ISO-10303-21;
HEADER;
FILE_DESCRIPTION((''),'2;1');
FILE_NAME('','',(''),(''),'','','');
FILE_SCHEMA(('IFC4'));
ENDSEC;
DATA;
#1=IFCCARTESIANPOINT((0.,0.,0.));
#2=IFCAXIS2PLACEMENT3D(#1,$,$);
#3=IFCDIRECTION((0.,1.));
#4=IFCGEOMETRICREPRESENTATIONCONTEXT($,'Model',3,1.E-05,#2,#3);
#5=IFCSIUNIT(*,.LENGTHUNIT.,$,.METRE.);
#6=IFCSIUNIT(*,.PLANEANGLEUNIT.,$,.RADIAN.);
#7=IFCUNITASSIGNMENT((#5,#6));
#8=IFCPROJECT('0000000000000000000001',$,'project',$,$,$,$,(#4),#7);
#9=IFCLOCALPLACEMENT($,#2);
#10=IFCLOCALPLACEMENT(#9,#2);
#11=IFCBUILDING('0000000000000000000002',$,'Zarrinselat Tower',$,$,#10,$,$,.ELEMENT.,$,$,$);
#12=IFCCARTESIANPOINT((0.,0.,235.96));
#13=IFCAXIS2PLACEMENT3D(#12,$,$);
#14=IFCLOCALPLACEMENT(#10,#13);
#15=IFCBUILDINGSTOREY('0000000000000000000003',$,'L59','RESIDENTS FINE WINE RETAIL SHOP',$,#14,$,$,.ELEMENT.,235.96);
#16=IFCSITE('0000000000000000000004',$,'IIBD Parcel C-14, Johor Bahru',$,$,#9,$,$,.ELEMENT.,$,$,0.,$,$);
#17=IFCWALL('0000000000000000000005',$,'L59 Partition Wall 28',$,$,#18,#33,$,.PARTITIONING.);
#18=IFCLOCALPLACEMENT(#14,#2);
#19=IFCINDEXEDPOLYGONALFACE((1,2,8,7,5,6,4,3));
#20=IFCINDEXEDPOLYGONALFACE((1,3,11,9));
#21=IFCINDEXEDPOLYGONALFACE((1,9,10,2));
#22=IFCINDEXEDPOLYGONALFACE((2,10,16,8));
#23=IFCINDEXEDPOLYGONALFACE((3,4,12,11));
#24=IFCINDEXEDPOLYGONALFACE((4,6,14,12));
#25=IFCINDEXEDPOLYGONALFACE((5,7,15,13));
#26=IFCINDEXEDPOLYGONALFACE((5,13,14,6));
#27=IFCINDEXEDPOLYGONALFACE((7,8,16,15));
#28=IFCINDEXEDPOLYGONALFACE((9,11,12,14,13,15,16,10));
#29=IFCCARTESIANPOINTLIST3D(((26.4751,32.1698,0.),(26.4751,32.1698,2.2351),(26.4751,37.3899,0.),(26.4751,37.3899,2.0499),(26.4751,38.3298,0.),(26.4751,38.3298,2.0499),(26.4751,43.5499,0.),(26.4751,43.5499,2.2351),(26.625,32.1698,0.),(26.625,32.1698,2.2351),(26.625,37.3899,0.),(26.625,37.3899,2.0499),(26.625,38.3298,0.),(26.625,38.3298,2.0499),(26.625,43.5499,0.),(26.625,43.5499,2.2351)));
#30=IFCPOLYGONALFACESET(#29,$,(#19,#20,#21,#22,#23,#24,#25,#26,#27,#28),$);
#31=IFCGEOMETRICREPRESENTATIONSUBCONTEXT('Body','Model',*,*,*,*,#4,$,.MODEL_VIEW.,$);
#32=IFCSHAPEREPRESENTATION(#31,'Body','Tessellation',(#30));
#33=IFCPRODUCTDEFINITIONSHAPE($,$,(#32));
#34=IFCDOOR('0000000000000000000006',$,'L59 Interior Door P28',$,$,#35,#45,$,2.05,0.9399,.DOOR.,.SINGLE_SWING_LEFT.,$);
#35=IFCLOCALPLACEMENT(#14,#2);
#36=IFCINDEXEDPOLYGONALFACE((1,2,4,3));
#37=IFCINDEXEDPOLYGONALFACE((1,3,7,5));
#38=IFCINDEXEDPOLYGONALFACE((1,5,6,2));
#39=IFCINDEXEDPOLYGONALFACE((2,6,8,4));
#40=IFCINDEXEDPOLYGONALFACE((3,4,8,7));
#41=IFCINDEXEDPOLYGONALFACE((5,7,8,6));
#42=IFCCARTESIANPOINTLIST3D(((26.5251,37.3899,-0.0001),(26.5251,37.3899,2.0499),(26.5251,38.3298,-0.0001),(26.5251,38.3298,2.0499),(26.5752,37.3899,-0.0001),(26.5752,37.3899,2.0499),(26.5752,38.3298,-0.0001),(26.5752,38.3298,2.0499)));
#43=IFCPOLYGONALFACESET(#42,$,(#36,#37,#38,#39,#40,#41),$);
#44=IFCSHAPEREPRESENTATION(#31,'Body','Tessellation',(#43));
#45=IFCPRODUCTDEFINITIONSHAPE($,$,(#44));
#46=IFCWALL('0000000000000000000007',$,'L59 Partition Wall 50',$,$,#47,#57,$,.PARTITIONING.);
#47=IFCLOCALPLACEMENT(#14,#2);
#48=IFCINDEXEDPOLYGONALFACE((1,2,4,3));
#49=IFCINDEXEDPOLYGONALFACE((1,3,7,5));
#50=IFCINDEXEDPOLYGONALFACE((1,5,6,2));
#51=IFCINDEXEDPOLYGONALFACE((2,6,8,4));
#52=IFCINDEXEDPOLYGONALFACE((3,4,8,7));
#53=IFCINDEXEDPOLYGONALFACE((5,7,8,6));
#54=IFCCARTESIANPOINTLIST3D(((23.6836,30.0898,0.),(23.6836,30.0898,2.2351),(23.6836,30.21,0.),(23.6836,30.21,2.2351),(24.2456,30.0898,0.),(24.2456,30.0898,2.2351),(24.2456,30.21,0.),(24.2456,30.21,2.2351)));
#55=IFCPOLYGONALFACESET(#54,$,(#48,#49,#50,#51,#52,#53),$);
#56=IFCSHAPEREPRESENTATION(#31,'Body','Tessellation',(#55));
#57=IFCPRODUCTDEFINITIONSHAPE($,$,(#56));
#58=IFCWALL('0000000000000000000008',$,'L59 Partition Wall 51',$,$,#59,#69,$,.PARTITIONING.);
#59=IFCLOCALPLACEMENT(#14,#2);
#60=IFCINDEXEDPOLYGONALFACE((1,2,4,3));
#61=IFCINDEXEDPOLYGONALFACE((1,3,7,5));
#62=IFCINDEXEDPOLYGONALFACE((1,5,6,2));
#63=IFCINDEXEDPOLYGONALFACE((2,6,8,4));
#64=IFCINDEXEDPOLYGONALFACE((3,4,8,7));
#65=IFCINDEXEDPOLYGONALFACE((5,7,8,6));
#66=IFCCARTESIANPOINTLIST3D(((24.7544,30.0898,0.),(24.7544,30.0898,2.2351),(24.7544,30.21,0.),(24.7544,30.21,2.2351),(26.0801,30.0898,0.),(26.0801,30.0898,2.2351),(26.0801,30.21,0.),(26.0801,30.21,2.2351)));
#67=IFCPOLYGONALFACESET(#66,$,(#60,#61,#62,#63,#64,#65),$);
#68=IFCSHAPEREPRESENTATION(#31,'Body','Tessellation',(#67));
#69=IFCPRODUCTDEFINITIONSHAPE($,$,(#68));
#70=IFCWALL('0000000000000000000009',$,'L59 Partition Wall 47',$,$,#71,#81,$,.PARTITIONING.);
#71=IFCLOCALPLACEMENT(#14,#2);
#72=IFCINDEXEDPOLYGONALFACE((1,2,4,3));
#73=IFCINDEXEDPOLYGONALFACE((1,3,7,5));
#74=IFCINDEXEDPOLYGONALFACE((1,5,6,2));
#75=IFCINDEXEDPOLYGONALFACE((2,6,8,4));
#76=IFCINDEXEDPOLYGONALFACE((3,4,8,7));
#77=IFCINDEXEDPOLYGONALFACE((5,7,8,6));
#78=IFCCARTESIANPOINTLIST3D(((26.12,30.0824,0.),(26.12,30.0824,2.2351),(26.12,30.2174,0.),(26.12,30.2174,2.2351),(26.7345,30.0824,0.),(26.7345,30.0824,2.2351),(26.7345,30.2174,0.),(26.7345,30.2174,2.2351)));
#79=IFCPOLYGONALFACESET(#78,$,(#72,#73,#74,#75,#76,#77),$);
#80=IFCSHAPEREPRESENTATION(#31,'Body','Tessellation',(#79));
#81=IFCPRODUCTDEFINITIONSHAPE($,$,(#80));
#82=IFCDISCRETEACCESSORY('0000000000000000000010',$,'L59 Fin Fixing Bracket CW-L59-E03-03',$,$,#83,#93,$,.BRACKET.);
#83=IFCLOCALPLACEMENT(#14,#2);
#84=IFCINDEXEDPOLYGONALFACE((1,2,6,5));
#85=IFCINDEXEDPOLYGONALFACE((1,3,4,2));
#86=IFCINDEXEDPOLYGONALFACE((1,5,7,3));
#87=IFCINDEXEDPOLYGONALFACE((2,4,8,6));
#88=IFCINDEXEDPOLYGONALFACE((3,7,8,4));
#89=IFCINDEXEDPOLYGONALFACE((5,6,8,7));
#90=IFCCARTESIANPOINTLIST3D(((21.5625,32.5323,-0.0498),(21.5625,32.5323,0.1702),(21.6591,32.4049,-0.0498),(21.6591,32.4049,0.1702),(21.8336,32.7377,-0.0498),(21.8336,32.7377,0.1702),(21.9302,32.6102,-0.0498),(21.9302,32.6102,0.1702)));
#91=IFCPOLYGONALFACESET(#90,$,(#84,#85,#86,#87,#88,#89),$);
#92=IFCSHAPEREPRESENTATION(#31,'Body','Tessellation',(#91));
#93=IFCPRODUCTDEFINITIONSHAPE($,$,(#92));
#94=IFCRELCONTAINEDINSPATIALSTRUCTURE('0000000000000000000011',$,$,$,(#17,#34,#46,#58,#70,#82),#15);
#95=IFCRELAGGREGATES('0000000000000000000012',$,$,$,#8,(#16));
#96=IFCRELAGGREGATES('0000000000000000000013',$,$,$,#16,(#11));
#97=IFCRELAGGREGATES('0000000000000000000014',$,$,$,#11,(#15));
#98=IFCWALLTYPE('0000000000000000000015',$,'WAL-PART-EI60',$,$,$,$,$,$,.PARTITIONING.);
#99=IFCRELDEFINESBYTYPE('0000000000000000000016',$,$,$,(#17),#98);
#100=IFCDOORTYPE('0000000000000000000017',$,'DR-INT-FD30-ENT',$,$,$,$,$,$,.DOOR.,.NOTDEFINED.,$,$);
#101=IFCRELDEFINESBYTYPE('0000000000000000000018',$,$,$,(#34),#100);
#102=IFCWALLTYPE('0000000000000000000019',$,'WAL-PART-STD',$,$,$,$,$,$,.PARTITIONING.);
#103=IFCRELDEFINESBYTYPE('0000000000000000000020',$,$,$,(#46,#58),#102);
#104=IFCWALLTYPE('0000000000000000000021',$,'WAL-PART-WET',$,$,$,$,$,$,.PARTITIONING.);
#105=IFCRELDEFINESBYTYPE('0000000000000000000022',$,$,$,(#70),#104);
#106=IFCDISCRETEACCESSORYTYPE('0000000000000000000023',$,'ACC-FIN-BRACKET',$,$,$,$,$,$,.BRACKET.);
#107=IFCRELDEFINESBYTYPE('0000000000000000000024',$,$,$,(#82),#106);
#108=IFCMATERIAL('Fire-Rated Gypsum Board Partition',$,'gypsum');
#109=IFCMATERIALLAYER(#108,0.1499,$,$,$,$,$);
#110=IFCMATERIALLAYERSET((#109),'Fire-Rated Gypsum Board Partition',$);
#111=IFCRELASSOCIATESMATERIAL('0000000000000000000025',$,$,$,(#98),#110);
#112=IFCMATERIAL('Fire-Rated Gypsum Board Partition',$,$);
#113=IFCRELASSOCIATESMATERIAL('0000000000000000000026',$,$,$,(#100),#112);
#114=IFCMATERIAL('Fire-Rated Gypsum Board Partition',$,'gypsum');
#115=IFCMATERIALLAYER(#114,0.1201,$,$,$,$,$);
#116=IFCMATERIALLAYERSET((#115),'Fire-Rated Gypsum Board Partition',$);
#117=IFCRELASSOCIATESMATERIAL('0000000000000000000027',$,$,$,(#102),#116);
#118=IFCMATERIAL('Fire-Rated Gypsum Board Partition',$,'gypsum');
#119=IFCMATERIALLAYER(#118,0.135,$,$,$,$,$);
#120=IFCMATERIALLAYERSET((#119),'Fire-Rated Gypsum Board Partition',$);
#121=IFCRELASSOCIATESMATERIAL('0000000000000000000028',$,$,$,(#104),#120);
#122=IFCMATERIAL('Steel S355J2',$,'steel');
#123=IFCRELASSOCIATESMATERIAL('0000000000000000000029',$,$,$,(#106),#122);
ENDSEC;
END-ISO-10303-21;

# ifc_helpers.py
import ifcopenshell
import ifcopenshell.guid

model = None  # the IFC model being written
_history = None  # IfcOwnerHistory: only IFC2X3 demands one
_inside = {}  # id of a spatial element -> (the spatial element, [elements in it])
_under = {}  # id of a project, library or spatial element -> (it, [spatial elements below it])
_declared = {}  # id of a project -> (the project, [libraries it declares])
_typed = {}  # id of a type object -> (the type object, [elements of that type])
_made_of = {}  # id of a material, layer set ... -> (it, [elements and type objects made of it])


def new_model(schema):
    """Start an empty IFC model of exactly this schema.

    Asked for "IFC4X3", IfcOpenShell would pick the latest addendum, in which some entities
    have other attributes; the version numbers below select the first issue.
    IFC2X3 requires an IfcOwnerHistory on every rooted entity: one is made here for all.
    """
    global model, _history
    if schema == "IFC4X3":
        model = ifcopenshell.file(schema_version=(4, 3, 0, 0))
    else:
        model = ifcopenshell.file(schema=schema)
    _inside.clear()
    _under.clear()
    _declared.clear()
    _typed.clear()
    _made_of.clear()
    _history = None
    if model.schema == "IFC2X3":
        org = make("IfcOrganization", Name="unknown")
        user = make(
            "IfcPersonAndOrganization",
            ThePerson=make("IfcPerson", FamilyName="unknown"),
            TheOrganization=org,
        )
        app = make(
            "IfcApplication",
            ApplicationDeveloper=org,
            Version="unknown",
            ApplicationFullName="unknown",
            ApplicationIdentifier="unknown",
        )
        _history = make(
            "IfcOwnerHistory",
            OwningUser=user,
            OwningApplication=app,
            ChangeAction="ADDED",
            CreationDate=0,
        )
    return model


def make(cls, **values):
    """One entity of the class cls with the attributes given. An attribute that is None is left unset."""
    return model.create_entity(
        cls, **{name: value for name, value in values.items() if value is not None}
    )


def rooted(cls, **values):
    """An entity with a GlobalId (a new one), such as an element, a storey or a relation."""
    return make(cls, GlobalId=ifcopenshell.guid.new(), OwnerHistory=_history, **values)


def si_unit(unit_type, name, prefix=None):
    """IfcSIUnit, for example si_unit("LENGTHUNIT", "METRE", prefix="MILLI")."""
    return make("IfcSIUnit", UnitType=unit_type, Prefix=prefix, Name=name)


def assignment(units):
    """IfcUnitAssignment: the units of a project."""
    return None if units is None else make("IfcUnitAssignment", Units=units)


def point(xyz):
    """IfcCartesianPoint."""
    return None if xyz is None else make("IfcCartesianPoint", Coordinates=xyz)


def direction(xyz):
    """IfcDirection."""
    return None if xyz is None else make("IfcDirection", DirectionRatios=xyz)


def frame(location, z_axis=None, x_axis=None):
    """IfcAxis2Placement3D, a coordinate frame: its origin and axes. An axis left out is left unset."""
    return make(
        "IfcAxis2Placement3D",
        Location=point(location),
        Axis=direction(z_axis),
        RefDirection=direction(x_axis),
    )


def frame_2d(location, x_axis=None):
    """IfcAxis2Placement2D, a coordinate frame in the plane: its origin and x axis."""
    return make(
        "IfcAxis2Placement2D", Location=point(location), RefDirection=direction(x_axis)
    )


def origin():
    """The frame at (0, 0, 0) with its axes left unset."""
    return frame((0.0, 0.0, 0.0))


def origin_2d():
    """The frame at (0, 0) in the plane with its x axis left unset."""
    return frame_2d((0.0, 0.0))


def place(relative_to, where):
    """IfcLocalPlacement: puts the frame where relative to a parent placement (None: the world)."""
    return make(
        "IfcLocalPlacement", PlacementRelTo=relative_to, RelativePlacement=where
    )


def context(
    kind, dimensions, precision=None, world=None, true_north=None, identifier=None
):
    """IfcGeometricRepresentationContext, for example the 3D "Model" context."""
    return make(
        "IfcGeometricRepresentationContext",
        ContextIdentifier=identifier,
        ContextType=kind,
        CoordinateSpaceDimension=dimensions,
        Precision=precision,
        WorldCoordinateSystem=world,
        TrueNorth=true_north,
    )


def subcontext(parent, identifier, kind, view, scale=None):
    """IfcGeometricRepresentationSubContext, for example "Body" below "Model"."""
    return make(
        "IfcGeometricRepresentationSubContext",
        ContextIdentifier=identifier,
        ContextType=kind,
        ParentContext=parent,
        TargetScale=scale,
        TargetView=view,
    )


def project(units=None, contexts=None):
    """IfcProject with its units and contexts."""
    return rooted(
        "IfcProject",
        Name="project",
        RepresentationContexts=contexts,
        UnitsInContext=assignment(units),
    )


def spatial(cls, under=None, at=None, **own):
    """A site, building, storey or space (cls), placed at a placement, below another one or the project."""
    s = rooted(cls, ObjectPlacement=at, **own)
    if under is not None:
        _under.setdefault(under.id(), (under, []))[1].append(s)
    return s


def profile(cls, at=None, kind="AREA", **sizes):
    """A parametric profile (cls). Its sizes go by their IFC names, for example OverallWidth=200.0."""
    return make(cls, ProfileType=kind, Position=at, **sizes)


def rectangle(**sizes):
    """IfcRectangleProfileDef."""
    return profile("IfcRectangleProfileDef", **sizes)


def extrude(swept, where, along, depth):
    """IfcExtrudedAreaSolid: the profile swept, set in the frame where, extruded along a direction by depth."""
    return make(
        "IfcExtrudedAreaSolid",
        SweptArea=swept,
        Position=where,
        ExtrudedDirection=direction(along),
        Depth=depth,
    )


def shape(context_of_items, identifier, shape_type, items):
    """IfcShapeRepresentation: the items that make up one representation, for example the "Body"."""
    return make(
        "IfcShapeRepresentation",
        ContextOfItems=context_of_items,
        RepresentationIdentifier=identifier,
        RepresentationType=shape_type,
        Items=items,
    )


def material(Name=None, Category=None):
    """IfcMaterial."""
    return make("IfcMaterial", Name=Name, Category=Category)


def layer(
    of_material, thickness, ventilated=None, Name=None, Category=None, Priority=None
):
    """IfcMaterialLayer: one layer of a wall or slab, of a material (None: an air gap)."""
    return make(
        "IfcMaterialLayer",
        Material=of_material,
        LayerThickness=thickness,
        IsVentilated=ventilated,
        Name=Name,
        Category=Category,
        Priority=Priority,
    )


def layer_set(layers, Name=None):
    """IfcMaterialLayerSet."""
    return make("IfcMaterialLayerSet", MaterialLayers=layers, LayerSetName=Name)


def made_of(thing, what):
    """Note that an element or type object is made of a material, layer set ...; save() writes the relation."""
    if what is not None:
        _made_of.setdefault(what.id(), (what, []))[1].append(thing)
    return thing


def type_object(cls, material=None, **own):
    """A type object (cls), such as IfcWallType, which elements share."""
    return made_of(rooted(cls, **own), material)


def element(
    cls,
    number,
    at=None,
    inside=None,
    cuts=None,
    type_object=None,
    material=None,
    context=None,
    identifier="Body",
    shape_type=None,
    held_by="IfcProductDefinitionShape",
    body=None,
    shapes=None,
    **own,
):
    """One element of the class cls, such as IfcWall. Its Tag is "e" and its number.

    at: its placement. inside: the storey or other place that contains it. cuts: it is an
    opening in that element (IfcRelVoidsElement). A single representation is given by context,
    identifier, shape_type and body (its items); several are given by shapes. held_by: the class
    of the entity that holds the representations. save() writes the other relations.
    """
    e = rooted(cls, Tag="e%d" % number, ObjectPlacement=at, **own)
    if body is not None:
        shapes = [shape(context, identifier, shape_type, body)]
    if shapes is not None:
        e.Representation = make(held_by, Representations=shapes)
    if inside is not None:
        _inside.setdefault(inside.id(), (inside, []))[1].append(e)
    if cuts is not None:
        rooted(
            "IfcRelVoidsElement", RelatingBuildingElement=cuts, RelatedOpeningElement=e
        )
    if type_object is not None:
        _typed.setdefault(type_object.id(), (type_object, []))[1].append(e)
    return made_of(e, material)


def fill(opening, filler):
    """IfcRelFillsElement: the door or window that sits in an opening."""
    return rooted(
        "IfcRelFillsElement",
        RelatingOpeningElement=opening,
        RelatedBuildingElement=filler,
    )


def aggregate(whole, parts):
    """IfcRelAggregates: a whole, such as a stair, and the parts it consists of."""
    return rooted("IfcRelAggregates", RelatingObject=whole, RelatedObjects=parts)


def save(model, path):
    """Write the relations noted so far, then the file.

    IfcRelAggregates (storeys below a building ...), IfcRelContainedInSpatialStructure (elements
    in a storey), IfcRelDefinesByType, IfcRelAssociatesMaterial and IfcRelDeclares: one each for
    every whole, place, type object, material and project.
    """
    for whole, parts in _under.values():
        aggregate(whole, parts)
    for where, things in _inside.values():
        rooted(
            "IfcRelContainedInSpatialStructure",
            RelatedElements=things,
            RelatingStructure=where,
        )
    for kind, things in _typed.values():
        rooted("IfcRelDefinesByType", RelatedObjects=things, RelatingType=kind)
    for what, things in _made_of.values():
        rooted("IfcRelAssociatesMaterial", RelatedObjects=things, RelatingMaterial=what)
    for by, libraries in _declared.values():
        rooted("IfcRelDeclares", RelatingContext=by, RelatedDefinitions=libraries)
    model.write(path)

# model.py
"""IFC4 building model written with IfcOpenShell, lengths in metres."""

from ifc_helpers import new_model, si_unit, direction, frame, frame_2d, origin, origin_2d, place, context, subcontext, project, spatial, rectangle, extrude, material, layer, layer_set, type_object, element, fill, save


model = new_model("IFC4")

# Units and contexts
model_context = context("Model", 3, precision=1e-05, world=origin(), true_north=direction((0.0, 1.0)))
body_context = subcontext(model_context, "Body", "Model", "MODEL_VIEW")
ifc_project = project(units=[si_unit("LENGTHUNIT", "METRE"), si_unit("PLANEANGLEUNIT", "RADIAN")], contexts=[model_context])

# Site, building, storey
site_placement = place(None, origin())
site = spatial("IfcSite", under=ifc_project, at=site_placement, Name="IIBD Parcel C-14, Johor Bahru", CompositionType="ELEMENT", RefElevation=0.0)
building_placement = place(site_placement, origin())
building = spatial("IfcBuilding", under=site, at=building_placement, Name="Zarrinselat Tower", CompositionType="ELEMENT")
storey_placement = place(building_placement, frame((0.0, 0.0, 235.96)))
storey = spatial("IfcBuildingStorey", under=building, at=storey_placement, Name="L59", Description="RESIDENTS FINE WINE RETAIL SHOP", CompositionType="ELEMENT", Elevation=235.96)

# Shared definitions
ifc_material_1 = material(Name="Fire-Rated Gypsum Board Partition", Category="gypsum")
ifc_layer_1 = layer(ifc_material_1, 0.1499)
ifc_layer_set_1 = layer_set([ifc_layer_1], Name="Fire-Rated Gypsum Board Partition")
wall_type_1 = type_object("IfcWallType", Name="WAL-PART-EI60", PredefinedType="PARTITIONING", material=ifc_layer_set_1)
ifc_material_2 = material(Name="Fire-Rated Gypsum Board Partition")
door_type_1 = type_object("IfcDoorType", Name="DR-INT-FD30-ENT", OperationType="NOTDEFINED", PredefinedType="DOOR", material=ifc_material_2)

# Wall, opening, door
wall_1_placement = place(storey_placement, frame((26.55, 32.1699, 0.0), z_axis=(0.0, 0.0, 1.0), x_axis=(0.0, 1.0, 0.0)))
wall_1 = element("IfcWall", 1, at=wall_1_placement, inside=storey, type_object=wall_type_1, Name="L59 Partition Wall 28", PredefinedType="PARTITIONING", context=body_context, shape_type="SweptSolid", body=[
    extrude(rectangle(XDim=11.3801, YDim=0.1499, at=frame_2d((5.6899, 0.0))), origin(), (0.0, 0.0, 1.0), 2.2351),
])
opening_1_placement = place(wall_1_placement, frame((5.22, 0.0, 0.0)))
opening_1 = element("IfcOpeningElement", 2, at=opening_1_placement, cuts=wall_1, PredefinedType="OPENING", context=body_context, shape_type="SweptSolid", body=[
    extrude(rectangle(XDim=0.9399, YDim=2.05, at=frame_2d((0.47, 1.0249))), frame((0.0, 0.085, 0.0), z_axis=(0.0, -1.0, 0.0), x_axis=(1.0, 0.0, 0.0)), (0.0, 0.0, 1.0), 0.1699),
])
door_1_placement = place(opening_1_placement, origin())
door_1 = element("IfcDoor", 3, at=door_1_placement, inside=storey, type_object=door_type_1, Name="L59 Interior Door P28", OperationType="SINGLE_SWING_LEFT", OverallHeight=2.05, OverallWidth=0.9399, PredefinedType="DOOR", context=body_context, shape_type="SweptSolid", body=[
    extrude(rectangle(XDim=0.9399, YDim=2.05, at=frame_2d((0.47, 1.0249))), frame((0.0, 0.0249, 0.0), z_axis=(0.0, -1.0, 0.0), x_axis=(1.0, 0.0, 0.0)), (0.0, 0.0, 1.0), 0.05),
])
fill(opening_1, door_1)

# Walls
ifc_material_3 = material(Name="Fire-Rated Gypsum Board Partition", Category="gypsum")
ifc_layer_2 = layer(ifc_material_3, 0.1201)
ifc_layer_set_2 = layer_set([ifc_layer_2], Name="Fire-Rated Gypsum Board Partition")
wall_type_2 = type_object("IfcWallType", Name="WAL-PART-STD", PredefinedType="PARTITIONING", material=ifc_layer_set_2)
wall_2_placement = place(storey_placement, frame((23.6836, 30.1499, 0.0), z_axis=(0.0, 0.0, 1.0), x_axis=(1.0, 0.0, 0.0)))
element("IfcWall", 4, at=wall_2_placement, inside=storey, type_object=wall_type_2, Name="L59 Partition Wall 50", PredefinedType="PARTITIONING", context=body_context, shape_type="SweptSolid", body=[
    extrude(rectangle(XDim=0.562, YDim=0.1201, at=frame_2d((0.281, 0.0))), origin(), (0.0, 0.0, 1.0), 2.2351),
])
wall_3_placement = place(storey_placement, frame((24.7544, 30.1499, 0.0), z_axis=(0.0, 0.0, 1.0), x_axis=(1.0, 0.0, 0.0)))
element("IfcWall", 5, at=wall_3_placement, inside=storey, type_object=wall_type_2, Name="L59 Partition Wall 51", PredefinedType="PARTITIONING", context=body_context, shape_type="SweptSolid", body=[
    extrude(rectangle(XDim=1.3257, YDim=0.1201, at=frame_2d((0.6628, 0.0))), origin(), (0.0, 0.0, 1.0), 2.2351),
])
ifc_material_4 = material(Name="Fire-Rated Gypsum Board Partition", Category="gypsum")
ifc_layer_3 = layer(ifc_material_4, 0.135)
ifc_layer_set_3 = layer_set([ifc_layer_3], Name="Fire-Rated Gypsum Board Partition")
wall_type_3 = type_object("IfcWallType", Name="WAL-PART-WET", PredefinedType="PARTITIONING", material=ifc_layer_set_3)
wall_4_placement = place(storey_placement, frame((26.1201, 30.1499, 0.0), z_axis=(0.0, 0.0, 1.0), x_axis=(1.0, 0.0, 0.0)))
element("IfcWall", 6, at=wall_4_placement, inside=storey, type_object=wall_type_3, Name="L59 Partition Wall 47", PredefinedType="PARTITIONING", context=body_context, shape_type="SweptSolid", body=[
    extrude(rectangle(XDim=0.6145, YDim=0.135, at=frame_2d((0.3071, 0.0))), origin(), (0.0, 0.0, 1.0), 2.2351),
])

# Discrete accessory
ifc_material_5 = material(Name="Steel S355J2", Category="steel")
discrete_accessory_type = type_object("IfcDiscreteAccessoryType", Name="ACC-FIN-BRACKET", PredefinedType="BRACKET", material=ifc_material_5)
discrete_accessory_placement = place(storey_placement, frame((21.7463, 32.5713, -0.0498), z_axis=(0.0, 0.0, 1.0), x_axis=(-0.797092, -0.603857, 0.0)))
element("IfcDiscreteAccessory", 7, at=discrete_accessory_placement, inside=storey, type_object=discrete_accessory_type, Name="L59 Fin Fixing Bracket CW-L59-E03-03", PredefinedType="BRACKET", context=body_context, shape_type="SweptSolid", body=[
    extrude(rectangle(XDim=0.3401, YDim=0.1599, at=origin_2d()), origin(), (0.0, 0.0, 1.0), 0.22),
])

save(model, "model.ifc")
